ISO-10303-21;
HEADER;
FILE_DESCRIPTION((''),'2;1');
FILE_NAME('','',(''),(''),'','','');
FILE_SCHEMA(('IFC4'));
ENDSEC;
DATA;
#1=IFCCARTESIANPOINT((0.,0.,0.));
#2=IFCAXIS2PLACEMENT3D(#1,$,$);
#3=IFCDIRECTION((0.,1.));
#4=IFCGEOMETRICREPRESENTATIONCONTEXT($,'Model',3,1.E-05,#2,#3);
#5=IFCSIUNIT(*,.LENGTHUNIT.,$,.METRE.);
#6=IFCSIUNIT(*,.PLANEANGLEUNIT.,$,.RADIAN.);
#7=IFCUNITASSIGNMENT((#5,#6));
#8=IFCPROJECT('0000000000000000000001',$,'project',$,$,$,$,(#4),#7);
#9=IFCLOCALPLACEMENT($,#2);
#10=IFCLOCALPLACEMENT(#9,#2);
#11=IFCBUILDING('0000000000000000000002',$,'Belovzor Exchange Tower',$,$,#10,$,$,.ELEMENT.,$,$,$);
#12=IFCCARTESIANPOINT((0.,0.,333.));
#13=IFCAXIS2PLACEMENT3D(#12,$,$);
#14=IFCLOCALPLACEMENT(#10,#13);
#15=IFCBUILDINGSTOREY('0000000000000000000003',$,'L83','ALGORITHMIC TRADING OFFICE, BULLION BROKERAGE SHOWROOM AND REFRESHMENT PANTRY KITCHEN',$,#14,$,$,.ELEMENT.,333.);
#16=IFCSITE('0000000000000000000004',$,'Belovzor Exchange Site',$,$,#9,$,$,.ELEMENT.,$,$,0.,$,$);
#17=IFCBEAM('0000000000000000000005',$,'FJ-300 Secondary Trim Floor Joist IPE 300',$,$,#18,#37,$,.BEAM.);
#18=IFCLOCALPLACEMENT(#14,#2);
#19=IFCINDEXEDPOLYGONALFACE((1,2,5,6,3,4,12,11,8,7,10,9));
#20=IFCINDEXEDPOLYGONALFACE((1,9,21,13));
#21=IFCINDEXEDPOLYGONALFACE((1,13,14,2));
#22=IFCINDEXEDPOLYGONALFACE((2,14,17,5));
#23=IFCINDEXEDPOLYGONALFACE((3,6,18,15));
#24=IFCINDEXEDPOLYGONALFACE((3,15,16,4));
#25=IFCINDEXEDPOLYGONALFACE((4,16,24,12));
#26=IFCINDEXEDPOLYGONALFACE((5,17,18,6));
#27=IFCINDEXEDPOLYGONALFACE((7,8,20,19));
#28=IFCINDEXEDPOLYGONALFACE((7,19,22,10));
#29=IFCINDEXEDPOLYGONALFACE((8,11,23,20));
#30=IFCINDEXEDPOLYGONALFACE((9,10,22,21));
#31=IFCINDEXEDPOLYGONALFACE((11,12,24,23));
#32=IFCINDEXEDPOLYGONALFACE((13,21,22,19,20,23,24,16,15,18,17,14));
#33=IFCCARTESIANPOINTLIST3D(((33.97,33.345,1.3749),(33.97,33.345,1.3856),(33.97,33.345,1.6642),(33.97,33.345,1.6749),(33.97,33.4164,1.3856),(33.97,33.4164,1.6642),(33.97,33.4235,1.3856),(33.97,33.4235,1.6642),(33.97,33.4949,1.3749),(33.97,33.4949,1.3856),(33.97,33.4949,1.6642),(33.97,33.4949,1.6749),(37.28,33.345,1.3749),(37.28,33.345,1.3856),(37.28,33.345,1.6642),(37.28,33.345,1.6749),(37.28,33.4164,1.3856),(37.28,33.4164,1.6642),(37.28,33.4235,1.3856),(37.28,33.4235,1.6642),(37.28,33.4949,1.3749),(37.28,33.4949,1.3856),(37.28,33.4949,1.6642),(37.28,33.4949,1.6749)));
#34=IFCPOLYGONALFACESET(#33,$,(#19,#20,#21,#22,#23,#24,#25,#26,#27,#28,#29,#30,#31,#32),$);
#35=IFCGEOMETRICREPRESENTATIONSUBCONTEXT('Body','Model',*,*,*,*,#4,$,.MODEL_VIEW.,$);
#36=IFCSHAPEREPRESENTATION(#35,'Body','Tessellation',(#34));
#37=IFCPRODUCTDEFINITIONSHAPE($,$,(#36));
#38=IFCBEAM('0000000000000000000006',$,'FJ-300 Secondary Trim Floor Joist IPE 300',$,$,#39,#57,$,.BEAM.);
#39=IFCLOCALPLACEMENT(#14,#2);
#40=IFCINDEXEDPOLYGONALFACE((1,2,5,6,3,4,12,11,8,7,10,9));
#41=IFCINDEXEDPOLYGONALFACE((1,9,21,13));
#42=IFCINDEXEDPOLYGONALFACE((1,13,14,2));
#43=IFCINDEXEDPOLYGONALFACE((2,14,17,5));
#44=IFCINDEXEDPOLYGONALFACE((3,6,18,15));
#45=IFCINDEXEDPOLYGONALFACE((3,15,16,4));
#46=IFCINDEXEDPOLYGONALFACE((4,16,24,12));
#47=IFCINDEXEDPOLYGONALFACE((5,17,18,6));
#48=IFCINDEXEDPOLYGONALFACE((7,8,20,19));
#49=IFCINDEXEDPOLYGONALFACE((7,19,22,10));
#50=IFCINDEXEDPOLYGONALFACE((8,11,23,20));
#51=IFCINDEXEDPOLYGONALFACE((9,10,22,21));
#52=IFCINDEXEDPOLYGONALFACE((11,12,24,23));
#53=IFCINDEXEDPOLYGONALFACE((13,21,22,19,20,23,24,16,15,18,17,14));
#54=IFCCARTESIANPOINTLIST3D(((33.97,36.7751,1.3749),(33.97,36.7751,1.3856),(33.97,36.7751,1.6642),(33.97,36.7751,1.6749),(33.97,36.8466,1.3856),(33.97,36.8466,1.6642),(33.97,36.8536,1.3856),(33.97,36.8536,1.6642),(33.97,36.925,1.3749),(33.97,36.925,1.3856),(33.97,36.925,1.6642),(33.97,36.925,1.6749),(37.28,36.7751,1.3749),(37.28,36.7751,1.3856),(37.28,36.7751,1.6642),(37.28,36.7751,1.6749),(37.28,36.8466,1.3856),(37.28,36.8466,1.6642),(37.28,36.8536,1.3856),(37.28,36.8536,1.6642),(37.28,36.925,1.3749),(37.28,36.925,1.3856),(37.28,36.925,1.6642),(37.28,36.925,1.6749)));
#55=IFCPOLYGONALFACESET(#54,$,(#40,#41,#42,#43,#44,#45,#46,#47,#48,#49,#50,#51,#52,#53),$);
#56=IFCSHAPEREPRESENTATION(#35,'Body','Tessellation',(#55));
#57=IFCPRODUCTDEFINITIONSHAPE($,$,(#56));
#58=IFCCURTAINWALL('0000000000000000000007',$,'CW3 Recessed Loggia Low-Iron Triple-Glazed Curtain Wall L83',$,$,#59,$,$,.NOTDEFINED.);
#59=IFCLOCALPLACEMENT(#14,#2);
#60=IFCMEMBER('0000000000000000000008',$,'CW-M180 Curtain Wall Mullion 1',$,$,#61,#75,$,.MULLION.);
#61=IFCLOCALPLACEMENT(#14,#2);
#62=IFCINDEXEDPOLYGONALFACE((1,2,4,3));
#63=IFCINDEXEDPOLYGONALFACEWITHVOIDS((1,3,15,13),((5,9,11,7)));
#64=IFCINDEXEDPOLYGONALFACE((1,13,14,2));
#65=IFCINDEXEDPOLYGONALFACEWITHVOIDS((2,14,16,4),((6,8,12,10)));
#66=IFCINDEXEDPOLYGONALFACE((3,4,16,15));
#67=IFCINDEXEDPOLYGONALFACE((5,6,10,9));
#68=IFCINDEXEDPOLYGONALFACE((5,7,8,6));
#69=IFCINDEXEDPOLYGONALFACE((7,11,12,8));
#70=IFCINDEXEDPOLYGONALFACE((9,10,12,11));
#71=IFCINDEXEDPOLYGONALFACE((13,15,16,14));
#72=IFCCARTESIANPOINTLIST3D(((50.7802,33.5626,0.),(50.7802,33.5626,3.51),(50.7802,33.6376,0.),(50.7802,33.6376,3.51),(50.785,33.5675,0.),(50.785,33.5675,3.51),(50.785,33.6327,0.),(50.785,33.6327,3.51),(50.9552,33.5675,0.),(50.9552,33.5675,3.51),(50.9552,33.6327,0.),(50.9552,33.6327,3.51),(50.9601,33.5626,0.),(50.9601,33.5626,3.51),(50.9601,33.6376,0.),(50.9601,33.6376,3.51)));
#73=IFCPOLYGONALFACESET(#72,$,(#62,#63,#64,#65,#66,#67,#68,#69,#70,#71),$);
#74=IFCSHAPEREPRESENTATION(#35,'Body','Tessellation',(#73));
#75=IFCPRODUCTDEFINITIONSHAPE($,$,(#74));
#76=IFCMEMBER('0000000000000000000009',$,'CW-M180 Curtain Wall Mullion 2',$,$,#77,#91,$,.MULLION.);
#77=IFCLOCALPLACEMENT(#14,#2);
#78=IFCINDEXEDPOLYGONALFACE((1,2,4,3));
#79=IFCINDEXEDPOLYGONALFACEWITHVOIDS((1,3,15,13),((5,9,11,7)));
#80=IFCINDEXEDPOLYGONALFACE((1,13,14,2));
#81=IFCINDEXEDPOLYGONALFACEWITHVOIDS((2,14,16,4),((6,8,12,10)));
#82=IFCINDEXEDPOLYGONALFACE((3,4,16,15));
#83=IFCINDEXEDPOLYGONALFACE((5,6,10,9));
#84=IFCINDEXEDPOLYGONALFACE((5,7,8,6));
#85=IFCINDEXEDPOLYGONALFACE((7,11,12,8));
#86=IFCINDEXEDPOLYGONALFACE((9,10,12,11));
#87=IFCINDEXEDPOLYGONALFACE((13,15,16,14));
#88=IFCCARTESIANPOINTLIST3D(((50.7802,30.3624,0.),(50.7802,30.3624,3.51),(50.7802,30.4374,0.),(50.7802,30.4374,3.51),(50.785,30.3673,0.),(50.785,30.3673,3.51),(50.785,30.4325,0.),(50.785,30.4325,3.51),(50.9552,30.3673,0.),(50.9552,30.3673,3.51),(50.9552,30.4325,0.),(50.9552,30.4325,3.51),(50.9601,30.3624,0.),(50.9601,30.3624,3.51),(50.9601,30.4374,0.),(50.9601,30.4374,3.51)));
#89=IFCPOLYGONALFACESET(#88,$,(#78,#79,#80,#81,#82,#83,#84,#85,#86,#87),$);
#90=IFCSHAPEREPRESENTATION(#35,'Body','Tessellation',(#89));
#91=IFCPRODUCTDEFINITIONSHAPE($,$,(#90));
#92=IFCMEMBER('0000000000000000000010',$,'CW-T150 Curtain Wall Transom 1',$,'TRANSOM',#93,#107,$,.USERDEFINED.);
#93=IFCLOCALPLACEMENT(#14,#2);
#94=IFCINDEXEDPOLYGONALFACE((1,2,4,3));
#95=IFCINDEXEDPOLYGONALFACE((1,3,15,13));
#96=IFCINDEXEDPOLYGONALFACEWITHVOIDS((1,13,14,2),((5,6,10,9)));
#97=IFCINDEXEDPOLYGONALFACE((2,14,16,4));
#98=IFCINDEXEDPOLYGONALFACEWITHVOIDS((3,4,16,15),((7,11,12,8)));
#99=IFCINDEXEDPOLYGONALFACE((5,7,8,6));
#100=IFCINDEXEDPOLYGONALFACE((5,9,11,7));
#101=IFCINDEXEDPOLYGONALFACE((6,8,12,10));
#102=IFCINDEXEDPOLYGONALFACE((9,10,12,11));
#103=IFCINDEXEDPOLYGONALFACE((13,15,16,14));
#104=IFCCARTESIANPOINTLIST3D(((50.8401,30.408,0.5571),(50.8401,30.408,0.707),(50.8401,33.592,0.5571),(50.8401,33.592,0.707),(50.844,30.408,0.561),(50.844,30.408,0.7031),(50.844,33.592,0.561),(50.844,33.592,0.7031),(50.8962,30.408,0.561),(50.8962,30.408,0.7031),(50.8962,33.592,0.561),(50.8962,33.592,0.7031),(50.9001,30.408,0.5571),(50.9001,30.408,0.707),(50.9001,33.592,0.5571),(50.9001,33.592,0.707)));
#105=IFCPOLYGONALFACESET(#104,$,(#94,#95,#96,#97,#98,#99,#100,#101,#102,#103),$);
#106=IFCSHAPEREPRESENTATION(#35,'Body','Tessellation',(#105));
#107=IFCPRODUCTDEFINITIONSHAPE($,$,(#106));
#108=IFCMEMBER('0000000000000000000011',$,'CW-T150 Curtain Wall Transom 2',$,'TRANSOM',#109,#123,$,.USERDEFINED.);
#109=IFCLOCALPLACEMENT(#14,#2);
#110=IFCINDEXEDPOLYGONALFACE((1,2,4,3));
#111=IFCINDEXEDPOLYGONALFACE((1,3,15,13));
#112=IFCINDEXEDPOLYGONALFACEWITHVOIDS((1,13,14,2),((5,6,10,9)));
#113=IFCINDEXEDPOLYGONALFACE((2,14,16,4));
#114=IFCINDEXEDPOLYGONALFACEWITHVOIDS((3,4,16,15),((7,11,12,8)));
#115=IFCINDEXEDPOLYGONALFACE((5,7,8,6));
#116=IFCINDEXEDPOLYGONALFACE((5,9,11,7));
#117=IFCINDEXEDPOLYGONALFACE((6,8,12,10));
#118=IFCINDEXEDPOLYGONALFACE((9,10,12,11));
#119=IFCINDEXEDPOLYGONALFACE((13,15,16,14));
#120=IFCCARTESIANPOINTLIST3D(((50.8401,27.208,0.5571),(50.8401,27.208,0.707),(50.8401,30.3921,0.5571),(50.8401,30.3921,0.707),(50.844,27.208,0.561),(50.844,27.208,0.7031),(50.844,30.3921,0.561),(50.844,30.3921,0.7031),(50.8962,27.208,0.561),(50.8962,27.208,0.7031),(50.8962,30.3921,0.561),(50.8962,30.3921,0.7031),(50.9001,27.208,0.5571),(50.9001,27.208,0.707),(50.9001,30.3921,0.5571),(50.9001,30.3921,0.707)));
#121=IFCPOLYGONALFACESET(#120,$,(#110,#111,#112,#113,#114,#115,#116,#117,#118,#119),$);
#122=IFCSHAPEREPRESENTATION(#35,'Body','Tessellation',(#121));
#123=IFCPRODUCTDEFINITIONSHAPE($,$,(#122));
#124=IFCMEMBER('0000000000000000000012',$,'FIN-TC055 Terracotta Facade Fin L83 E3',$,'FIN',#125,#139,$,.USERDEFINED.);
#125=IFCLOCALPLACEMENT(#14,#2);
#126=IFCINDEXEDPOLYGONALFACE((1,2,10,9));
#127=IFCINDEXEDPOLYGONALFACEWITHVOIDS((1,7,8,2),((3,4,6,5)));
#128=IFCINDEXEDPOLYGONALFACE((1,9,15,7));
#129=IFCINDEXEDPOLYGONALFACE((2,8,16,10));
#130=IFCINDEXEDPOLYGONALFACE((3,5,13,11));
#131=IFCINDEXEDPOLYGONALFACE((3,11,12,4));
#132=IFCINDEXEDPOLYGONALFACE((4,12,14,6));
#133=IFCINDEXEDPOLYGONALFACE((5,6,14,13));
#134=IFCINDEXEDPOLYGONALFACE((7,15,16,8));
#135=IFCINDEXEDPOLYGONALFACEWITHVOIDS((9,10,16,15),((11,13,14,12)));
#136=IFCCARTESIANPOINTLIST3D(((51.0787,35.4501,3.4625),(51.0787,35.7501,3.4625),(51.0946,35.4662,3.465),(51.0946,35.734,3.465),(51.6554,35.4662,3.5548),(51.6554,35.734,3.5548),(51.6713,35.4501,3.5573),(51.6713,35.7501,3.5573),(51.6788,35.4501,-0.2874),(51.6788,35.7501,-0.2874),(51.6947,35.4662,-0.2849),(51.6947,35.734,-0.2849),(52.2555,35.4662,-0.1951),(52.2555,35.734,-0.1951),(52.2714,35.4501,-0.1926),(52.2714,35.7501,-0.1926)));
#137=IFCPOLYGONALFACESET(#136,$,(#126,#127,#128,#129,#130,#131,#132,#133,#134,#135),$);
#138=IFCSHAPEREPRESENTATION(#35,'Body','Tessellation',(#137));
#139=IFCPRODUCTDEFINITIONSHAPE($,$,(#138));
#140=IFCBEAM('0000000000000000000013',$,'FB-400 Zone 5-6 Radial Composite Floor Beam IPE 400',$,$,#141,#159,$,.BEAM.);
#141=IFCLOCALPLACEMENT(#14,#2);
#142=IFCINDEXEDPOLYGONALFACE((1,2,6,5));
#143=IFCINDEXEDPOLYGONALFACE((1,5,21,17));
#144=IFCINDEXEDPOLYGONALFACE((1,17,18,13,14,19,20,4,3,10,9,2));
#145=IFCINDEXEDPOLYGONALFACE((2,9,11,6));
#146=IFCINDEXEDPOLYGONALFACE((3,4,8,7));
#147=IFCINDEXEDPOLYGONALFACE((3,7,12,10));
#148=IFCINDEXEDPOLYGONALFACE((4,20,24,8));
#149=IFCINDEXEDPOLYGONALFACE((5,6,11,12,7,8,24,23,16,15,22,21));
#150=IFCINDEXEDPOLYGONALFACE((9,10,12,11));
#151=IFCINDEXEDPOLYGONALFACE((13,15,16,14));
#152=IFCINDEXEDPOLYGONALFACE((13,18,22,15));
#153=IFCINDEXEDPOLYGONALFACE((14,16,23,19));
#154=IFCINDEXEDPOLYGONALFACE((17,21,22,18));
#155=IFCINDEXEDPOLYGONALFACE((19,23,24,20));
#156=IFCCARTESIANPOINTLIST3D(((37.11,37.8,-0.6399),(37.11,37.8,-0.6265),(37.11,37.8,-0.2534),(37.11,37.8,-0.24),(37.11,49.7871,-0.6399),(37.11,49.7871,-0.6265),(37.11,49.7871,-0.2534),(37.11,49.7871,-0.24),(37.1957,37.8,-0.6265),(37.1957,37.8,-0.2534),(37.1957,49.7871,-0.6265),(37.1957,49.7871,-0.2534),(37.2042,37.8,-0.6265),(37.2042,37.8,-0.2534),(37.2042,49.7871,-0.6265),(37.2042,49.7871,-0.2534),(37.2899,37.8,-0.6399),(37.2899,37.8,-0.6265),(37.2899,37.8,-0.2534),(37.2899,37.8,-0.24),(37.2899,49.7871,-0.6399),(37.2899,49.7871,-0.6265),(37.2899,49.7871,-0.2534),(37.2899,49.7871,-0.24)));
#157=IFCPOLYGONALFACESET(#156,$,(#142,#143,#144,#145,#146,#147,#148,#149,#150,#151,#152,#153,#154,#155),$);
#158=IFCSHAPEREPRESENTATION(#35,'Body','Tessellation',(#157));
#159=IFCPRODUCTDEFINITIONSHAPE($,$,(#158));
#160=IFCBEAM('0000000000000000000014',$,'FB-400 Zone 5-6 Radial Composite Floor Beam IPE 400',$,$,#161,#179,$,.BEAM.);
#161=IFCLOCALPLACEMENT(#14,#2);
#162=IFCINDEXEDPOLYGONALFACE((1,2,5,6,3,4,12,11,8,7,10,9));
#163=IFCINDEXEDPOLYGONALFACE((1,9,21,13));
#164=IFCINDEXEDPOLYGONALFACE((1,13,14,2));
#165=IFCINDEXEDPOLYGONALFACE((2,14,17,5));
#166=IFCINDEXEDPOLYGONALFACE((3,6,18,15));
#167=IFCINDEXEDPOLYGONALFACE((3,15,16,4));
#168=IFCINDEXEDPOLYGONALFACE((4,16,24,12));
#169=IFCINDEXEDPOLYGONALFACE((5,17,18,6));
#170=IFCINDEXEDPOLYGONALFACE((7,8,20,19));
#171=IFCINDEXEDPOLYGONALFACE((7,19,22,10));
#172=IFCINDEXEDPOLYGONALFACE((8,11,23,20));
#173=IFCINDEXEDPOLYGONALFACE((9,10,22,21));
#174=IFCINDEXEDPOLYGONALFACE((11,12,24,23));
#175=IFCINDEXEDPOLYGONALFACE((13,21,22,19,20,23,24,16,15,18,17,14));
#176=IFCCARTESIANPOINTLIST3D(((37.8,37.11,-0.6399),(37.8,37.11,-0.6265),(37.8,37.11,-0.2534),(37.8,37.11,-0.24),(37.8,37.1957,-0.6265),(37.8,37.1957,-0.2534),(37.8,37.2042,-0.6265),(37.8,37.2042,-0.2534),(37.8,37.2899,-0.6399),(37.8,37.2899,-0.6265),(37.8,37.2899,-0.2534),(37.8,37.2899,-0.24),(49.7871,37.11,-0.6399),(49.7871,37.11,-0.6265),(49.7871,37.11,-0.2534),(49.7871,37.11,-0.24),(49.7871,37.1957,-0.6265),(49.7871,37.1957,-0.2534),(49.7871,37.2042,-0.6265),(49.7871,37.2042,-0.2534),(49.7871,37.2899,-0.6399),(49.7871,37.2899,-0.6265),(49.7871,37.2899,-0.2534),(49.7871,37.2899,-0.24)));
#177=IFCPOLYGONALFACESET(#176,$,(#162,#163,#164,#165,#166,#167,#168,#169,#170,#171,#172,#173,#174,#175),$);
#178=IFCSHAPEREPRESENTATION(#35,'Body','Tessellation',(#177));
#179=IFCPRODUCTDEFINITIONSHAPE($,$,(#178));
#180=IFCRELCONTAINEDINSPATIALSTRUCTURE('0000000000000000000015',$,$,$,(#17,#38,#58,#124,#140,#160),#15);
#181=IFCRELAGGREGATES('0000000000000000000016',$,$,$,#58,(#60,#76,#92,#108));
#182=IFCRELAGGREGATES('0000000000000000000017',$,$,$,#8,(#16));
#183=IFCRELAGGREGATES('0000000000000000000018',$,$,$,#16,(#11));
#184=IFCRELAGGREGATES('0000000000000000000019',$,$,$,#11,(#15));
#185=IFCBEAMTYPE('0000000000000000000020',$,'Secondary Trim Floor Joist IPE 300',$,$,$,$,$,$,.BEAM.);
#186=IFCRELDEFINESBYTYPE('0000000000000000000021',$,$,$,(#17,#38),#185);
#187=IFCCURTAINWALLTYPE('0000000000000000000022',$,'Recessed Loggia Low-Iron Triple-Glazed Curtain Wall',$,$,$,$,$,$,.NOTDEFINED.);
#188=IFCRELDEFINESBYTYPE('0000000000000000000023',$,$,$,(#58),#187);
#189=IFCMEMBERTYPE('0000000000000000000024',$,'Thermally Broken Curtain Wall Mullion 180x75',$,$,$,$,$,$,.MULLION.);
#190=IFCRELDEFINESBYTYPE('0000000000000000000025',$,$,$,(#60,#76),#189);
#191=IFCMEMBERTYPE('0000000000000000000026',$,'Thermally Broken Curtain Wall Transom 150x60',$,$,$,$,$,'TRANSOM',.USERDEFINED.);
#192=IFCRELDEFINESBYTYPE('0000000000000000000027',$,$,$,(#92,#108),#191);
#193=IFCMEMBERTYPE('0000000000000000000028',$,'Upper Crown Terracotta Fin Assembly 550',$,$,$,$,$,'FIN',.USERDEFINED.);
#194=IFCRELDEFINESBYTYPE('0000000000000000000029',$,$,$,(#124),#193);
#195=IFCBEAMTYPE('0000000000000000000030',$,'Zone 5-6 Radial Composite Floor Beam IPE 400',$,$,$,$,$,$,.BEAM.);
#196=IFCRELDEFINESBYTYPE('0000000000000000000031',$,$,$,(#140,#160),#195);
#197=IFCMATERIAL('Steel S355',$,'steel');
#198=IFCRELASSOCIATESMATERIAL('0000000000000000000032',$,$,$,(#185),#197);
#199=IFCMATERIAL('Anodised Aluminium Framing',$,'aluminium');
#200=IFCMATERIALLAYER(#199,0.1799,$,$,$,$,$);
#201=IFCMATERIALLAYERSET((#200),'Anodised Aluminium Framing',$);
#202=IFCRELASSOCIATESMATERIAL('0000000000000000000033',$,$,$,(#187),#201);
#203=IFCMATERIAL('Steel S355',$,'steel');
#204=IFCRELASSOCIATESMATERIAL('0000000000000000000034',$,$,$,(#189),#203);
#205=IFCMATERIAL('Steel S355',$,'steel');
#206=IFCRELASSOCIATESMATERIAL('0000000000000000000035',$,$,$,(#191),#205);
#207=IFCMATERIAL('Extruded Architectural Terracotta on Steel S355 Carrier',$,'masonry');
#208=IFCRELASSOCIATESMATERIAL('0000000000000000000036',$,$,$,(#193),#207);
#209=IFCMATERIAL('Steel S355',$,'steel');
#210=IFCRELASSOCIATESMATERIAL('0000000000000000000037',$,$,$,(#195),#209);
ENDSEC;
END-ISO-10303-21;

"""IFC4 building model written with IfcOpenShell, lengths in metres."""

from ifc_helpers import new_model, si_unit, direction, frame, origin, origin_2d, place, context, subcontext, project, spatial, hollow_rectangle, i_section, extrude, material, layer, layer_set, material_profile, profile_set, type_object, element, aggregate, save


model = new_model("IFC4")

# Units and contexts
model_context = context("Model", 3, precision=1e-05, world=origin(), true_north=direction((0.0, 1.0)))
body_context = subcontext(model_context, "Body", "Model", "MODEL_VIEW")
ifc_project = project(units=[si_unit("LENGTHUNIT", "METRE"), si_unit("PLANEANGLEUNIT", "RADIAN")], contexts=[model_context])

# Site, building, storey
site_placement = place(None, origin())
site = spatial("IfcSite", under=ifc_project, at=site_placement, Name="Belovzor Exchange Site", CompositionType="ELEMENT", RefElevation=0.0)
building_placement = place(site_placement, origin())
building = spatial("IfcBuilding", under=site, at=building_placement, Name="Belovzor Exchange Tower", CompositionType="ELEMENT")
storey_placement = place(building_placement, frame((0.0, 0.0, 333.0)))
storey = spatial("IfcBuildingStorey", under=building, at=storey_placement, Name="L83", Description="ALGORITHMIC TRADING OFFICE, BULLION BROKERAGE SHOWROOM AND REFRESHMENT PANTRY KITCHEN", CompositionType="ELEMENT", Elevation=333.0)

# Beams
ifc_material_1 = material(Name="Steel S355", Category="steel")
ifc_material_profile_1 = material_profile(ifc_material_1, i_section(OverallWidth=0.1499, OverallDepth=0.3, WebThickness=0.0071, FlangeThickness=0.0107, at=origin_2d()))
ifc_profile_set_1 = profile_set([ifc_material_profile_1], Name="Steel S355")
beam_type_1 = type_object("IfcBeamType", Name="Secondary Trim Floor Joist IPE 300", PredefinedType="BEAM", material=ifc_profile_set_1)
for number, where, z_axis, x_axis, name in (
    (1, (37.28, 33.4199, 1.5249), (-1.0, 0.0, 0.0), (0.0, -1.0, 0.0), "FJ-300 Secondary Trim Floor Joist IPE 300"),
    (2, (37.28, 36.8501, 1.5249), (-1.0, 0.0, 0.0), (0.0, -1.0, 0.0), "FJ-300 Secondary Trim Floor Joist IPE 300"),
):
    element("IfcBeam", number, at=place(storey_placement, frame(where, z_axis=z_axis, x_axis=x_axis)), inside=storey, type_object=beam_type_1, Name=name, PredefinedType="BEAM", context=body_context, shape_type="SweptSolid", body=[
        extrude(i_section(OverallWidth=0.1499, OverallDepth=0.3, WebThickness=0.0071, FlangeThickness=0.0107, at=origin_2d()), origin(), (0.0, 0.0, 1.0), 3.3101),
    ])

# Curtain wall, members
ifc_material_2 = material(Name="Anodised Aluminium Framing", Category="aluminium")
ifc_layer_1 = layer(ifc_material_2, 0.1799)
ifc_layer_set_1 = layer_set([ifc_layer_1], Name="Anodised Aluminium Framing")
curtain_wall_type = type_object("IfcCurtainWallType", Name="Recessed Loggia Low-Iron Triple-Glazed Curtain Wall", PredefinedType="NOTDEFINED", material=ifc_layer_set_1)
curtain_wall_placement = place(storey_placement, origin())
curtain_wall = element("IfcCurtainWall", 3, at=curtain_wall_placement, inside=storey, type_object=curtain_wall_type, Name="CW3 Recessed Loggia Low-Iron Triple-Glazed Curtain Wall L83", PredefinedType="NOTDEFINED")
ifc_material_3 = material(Name="Steel S355", Category="steel")
ifc_material_profile_2 = material_profile(ifc_material_3, hollow_rectangle(XDim=0.075, YDim=0.1799, WallThickness=0.0049, at=origin_2d()))
ifc_profile_set_2 = profile_set([ifc_material_profile_2], Name="Steel S355")
member_type_1 = type_object("IfcMemberType", Name="Thermally Broken Curtain Wall Mullion 180x75", PredefinedType="MULLION", material=ifc_profile_set_2)
member_1_placement = place(storey_placement, frame((50.8701, 33.6001, 0.0), z_axis=(0.0, 0.0, 1.0), x_axis=(0.0, -1.0, 0.0)))
member_1 = element("IfcMember", 4, at=member_1_placement, type_object=member_type_1, Name="CW-M180 Curtain Wall Mullion 1", PredefinedType="MULLION", context=body_context, shape_type="SweptSolid", body=[
    extrude(hollow_rectangle(XDim=0.075, YDim=0.1799, WallThickness=0.0049, at=origin_2d()), origin(), (0.0, 0.0, 1.0), 3.51),
])
member_2_placement = place(storey_placement, frame((50.8701, 30.3999, 0.0), z_axis=(0.0, 0.0, 1.0), x_axis=(0.0, -1.0, 0.0)))
member_2 = element("IfcMember", 5, at=member_2_placement, type_object=member_type_1, Name="CW-M180 Curtain Wall Mullion 2", PredefinedType="MULLION", context=body_context, shape_type="SweptSolid", body=[
    extrude(hollow_rectangle(XDim=0.075, YDim=0.1799, WallThickness=0.0049, at=origin_2d()), origin(), (0.0, 0.0, 1.0), 3.51),
])
ifc_material_4 = material(Name="Steel S355", Category="steel")
ifc_material_profile_3 = material_profile(ifc_material_4, hollow_rectangle(XDim=0.0601, YDim=0.1499, WallThickness=0.0039, at=origin_2d()))
ifc_profile_set_3 = profile_set([ifc_material_profile_3], Name="Steel S355")
member_type_2 = type_object("IfcMemberType", Name="Thermally Broken Curtain Wall Transom 150x60", ElementType="TRANSOM", PredefinedType="USERDEFINED", material=ifc_profile_set_3)
member_3_placement = place(storey_placement, frame((50.8701, 33.592, 0.6321), z_axis=(0.0, -1.0, 0.0), x_axis=(1.0, 0.0, 0.0)))
member_3 = element("IfcMember", 6, at=member_3_placement, type_object=member_type_2, Name="CW-T150 Curtain Wall Transom 1", ObjectType="TRANSOM", PredefinedType="USERDEFINED", context=body_context, shape_type="SweptSolid", body=[
    extrude(hollow_rectangle(XDim=0.0601, YDim=0.1499, WallThickness=0.0039, at=origin_2d()), origin(), (0.0, 0.0, 1.0), 3.1841),
])
member_4_placement = place(storey_placement, frame((50.8701, 30.3921, 0.6321), z_axis=(0.0, -1.0, 0.0), x_axis=(1.0, 0.0, 0.0)))
member_4 = element("IfcMember", 7, at=member_4_placement, type_object=member_type_2, Name="CW-T150 Curtain Wall Transom 2", ObjectType="TRANSOM", PredefinedType="USERDEFINED", context=body_context, shape_type="SweptSolid", body=[
    extrude(hollow_rectangle(XDim=0.0601, YDim=0.1499, WallThickness=0.0039, at=origin_2d()), origin(), (0.0, 0.0, 1.0), 3.1841),
])

# Member
ifc_material_5 = material(Name="Extruded Architectural Terracotta on Steel S355 Carrier", Category="masonry")
ifc_material_profile_4 = material_profile(ifc_material_5, hollow_rectangle(XDim=0.3, YDim=0.6001, WallThickness=0.0161, at=origin_2d()))
ifc_profile_set_4 = profile_set([ifc_material_profile_4], Name="Extruded Architectural Terracotta on Steel S355 Carrier")
member_type_3 = type_object("IfcMemberType", Name="Upper Crown Terracotta Fin Assembly 550", ElementType="FIN", PredefinedType="USERDEFINED", material=ifc_profile_set_4)
member_5_placement = place(storey_placement, frame((51.9751, 35.6001, -0.24), z_axis=(-0.158016, 0.0, 0.987437), x_axis=(0.0, -1.0, 0.0)))
element("IfcMember", 8, at=member_5_placement, inside=storey, type_object=member_type_3, Name="FIN-TC055 Terracotta Facade Fin L83 E3", ObjectType="FIN", PredefinedType="USERDEFINED", context=body_context, shape_type="SweptSolid", body=[
    extrude(hollow_rectangle(XDim=0.3, YDim=0.6001, WallThickness=0.0161, at=origin_2d()), origin(), (0.0, 0.0, 1.0), 3.7976),
])

# Beams
ifc_material_6 = material(Name="Steel S355", Category="steel")
ifc_material_profile_5 = material_profile(ifc_material_6, i_section(OverallWidth=0.1799, OverallDepth=0.3999, WebThickness=0.0085, FlangeThickness=0.0134, at=origin_2d()))
ifc_profile_set_5 = profile_set([ifc_material_profile_5], Name="Steel S355")
beam_type_2 = type_object("IfcBeamType", Name="Zone 5-6 Radial Composite Floor Beam IPE 400", PredefinedType="BEAM", material=ifc_profile_set_5)
for number, where, z_axis, x_axis, name in (
    (9, (37.2, 37.8, -0.4399), (0.0, 1.0, 0.0), (-1.0, 0.0, 0.0), "FB-400 Zone 5-6 Radial Composite Floor Beam IPE 400"),
    (10, (37.8, 37.2, -0.4399), (1.0, 0.0, 0.0), (0.0, 1.0, 0.0), "FB-400 Zone 5-6 Radial Composite Floor Beam IPE 400"),
):
    element("IfcBeam", number, at=place(storey_placement, frame(where, z_axis=z_axis, x_axis=x_axis)), inside=storey, type_object=beam_type_2, Name=name, PredefinedType="BEAM", context=body_context, shape_type="SweptSolid", body=[
        extrude(i_section(OverallWidth=0.1799, OverallDepth=0.3999, WebThickness=0.0085, FlangeThickness=0.0134, at=origin_2d()), origin(), (0.0, 0.0, 1.0), 11.9871),
    ])

aggregate(curtain_wall, [member_1, member_2, member_3, member_4])

save(model, "model.ifc")
